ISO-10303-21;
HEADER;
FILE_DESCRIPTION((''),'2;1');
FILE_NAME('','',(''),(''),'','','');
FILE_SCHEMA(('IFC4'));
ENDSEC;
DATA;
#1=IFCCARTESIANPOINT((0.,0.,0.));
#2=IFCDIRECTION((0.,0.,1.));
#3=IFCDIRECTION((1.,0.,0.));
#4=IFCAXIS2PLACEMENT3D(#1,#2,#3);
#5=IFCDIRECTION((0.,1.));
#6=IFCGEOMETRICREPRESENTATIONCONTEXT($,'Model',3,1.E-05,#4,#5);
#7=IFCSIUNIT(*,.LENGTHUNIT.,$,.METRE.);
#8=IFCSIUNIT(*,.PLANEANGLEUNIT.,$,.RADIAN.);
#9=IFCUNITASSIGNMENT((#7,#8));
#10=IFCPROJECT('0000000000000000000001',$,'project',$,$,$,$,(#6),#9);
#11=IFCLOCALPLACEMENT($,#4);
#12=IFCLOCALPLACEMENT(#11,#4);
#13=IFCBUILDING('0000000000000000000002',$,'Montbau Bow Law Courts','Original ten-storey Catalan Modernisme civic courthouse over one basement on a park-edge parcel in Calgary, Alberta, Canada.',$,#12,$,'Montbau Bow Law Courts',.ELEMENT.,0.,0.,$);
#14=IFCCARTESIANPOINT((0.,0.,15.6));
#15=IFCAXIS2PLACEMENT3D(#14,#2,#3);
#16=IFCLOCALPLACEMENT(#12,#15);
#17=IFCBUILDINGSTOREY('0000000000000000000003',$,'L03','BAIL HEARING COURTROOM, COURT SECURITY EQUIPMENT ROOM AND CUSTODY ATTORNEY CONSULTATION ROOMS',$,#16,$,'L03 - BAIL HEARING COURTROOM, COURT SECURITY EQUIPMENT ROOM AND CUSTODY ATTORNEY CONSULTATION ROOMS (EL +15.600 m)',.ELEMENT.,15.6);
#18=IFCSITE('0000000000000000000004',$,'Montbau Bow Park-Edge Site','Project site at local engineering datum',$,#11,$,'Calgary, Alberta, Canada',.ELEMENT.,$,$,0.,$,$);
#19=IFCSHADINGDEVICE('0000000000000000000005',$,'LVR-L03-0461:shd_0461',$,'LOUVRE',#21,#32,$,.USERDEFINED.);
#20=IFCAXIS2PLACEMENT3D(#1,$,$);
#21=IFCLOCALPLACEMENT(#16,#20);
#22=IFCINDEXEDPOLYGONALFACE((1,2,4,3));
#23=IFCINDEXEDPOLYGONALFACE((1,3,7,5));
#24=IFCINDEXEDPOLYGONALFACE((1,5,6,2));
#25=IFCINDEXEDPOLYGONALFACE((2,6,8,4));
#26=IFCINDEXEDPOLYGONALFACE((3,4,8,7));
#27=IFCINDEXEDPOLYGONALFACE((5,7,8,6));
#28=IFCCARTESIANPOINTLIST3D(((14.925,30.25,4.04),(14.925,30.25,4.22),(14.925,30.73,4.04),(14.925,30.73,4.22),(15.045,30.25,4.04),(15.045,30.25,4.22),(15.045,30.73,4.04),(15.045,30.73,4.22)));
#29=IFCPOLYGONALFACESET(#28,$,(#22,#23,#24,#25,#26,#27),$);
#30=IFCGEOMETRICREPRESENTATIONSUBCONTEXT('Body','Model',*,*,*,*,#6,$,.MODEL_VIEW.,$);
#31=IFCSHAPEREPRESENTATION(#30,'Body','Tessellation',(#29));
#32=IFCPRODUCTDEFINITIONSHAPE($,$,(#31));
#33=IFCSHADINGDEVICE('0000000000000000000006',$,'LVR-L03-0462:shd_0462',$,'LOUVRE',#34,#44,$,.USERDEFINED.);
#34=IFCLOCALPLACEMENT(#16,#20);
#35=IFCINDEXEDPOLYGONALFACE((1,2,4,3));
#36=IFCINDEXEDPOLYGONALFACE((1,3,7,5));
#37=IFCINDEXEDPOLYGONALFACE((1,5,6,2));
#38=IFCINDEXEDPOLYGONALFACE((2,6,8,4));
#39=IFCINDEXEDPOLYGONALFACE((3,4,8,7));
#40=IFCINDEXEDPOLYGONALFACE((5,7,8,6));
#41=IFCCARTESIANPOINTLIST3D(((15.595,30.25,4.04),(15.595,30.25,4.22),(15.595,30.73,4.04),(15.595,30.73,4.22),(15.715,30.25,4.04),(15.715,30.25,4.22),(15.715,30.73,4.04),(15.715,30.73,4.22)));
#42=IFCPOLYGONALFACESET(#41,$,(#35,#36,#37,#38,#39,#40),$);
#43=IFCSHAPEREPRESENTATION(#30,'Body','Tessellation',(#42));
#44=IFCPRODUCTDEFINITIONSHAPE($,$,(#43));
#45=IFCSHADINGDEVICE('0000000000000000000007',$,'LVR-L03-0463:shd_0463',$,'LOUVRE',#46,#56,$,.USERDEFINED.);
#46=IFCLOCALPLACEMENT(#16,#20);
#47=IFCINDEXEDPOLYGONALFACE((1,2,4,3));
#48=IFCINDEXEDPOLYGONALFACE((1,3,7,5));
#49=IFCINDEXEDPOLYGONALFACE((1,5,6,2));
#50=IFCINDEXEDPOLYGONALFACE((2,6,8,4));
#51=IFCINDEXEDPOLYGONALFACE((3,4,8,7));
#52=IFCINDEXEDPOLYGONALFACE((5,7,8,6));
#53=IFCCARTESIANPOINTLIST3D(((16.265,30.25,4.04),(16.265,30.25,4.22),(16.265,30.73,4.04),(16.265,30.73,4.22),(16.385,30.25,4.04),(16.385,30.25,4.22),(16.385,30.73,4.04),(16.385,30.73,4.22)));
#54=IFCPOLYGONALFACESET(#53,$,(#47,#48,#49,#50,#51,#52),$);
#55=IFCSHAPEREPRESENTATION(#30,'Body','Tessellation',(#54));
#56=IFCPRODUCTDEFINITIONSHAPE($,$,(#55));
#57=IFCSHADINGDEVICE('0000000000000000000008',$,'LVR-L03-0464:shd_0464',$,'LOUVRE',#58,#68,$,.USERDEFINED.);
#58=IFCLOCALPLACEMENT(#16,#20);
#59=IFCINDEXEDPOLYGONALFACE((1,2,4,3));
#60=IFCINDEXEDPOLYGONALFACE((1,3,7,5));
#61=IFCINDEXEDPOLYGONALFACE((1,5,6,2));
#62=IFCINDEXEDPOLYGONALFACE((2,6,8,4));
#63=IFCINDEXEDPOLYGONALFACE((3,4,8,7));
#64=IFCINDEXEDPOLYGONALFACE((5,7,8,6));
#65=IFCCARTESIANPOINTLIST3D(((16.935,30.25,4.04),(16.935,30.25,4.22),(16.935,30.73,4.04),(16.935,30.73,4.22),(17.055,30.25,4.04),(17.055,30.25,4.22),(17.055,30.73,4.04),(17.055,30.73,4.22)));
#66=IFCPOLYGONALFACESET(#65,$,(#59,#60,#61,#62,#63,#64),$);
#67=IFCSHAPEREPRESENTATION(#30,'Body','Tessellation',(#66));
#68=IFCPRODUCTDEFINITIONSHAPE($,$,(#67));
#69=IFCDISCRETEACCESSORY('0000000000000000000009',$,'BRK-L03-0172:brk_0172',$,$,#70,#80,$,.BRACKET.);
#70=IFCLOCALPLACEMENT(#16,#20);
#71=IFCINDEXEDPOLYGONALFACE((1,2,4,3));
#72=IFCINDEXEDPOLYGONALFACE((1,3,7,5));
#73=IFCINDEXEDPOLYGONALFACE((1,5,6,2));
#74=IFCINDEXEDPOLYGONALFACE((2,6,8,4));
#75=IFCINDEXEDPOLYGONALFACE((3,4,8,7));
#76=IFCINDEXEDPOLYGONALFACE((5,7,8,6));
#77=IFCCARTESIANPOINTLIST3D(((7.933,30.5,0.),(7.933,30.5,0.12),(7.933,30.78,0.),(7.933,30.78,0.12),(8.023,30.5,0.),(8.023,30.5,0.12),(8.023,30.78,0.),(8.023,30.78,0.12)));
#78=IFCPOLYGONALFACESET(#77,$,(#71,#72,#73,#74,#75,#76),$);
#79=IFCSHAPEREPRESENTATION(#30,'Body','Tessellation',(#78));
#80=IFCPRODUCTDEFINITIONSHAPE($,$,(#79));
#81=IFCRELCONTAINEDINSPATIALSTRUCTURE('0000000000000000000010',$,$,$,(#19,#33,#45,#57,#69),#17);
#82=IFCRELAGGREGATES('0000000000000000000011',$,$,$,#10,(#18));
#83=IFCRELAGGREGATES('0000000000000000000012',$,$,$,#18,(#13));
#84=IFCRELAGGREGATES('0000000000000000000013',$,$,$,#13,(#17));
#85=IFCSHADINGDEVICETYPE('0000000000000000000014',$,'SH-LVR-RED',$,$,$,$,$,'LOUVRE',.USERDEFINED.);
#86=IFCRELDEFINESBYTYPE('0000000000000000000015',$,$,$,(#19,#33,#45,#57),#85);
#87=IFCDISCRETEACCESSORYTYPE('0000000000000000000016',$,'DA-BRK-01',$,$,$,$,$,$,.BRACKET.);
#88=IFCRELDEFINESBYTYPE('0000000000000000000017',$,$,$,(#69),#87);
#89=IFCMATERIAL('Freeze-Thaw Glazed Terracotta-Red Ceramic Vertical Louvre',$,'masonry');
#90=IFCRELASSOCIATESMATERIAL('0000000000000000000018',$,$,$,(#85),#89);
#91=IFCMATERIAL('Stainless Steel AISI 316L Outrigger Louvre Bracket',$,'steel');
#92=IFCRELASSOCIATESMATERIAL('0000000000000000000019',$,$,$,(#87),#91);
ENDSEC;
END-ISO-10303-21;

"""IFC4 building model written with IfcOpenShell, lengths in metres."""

from ifc_helpers import new_model, si_unit, direction, frame, origin_with_axes, origin_2d_with_axis, place, context, subcontext, project, spatial, rectangle, extrude, material, type_object, element, save


model = new_model("IFC4")

# Units and contexts
model_context = context("Model", 3, precision=1e-05, world=origin_with_axes(), true_north=direction((0.0, 1.0)))
body_context = subcontext(model_context, "Body", "Model", "MODEL_VIEW")
ifc_project = project(units=[si_unit("LENGTHUNIT", "METRE"), si_unit("PLANEANGLEUNIT", "RADIAN")], contexts=[model_context])

# Site, building, storey
site_placement = place(None, origin_with_axes())
site = spatial("IfcSite", under=ifc_project, at=site_placement, Name="Montbau Bow Park-Edge Site", Description="Project site at local engineering datum", LongName="Calgary, Alberta, Canada", CompositionType="ELEMENT", RefElevation=0.0)
building_placement = place(site_placement, origin_with_axes())
building = spatial("IfcBuilding", under=site, at=building_placement, Name="Montbau Bow Law Courts", Description="Original ten-storey Catalan Modernisme civic courthouse over one basement on a park-edge parcel in Calgary, Alberta, Canada.", LongName="Montbau Bow Law Courts", CompositionType="ELEMENT", ElevationOfRefHeight=0.0, ElevationOfTerrain=0.0)
storey_placement = place(building_placement, frame((0.0, 0.0, 15.6), z_axis=(0.0, 0.0, 1.0), x_axis=(1.0, 0.0, 0.0)))
storey = spatial("IfcBuildingStorey", under=building, at=storey_placement, Name="L03", Description="BAIL HEARING COURTROOM, COURT SECURITY EQUIPMENT ROOM AND CUSTODY ATTORNEY CONSULTATION ROOMS", LongName="L03 - BAIL HEARING COURTROOM, COURT SECURITY EQUIPMENT ROOM AND CUSTODY ATTORNEY CONSULTATION ROOMS (EL +15.600 m)", CompositionType="ELEMENT", Elevation=15.6)

# Shading devices
ifc_material_1 = material(Name="Freeze-Thaw Glazed Terracotta-Red Ceramic Vertical Louvre", Category="masonry")
shading_device_type = type_object("IfcShadingDeviceType", Name="SH-LVR-RED", ElementType="LOUVRE", PredefinedType="USERDEFINED", material=ifc_material_1)
for number, where, z_axis, x_axis, name in (
    (1, (14.985, 30.49, 19.64), (0.0, 0.0, 1.0), (0.0, -1.0, 0.0), "LVR-L03-0461:shd_0461"),
    (2, (15.655, 30.49, 19.64), (0.0, 0.0, 1.0), (0.0, -1.0, 0.0), "LVR-L03-0462:shd_0462"),
    (3, (16.325, 30.49, 19.64), (0.0, 0.0, 1.0), (0.0, -1.0, 0.0), "LVR-L03-0463:shd_0463"),
    (4, (16.995, 30.49, 19.64), (0.0, 0.0, 1.0), (0.0, -1.0, 0.0), "LVR-L03-0464:shd_0464"),
):
    element("IfcShadingDevice", number, at=place(None, frame(where, z_axis=z_axis, x_axis=x_axis)), inside=storey, type_object=shading_device_type, Name=name, ObjectType="LOUVRE", PredefinedType="USERDEFINED", context=body_context, shape_type="SweptSolid", body=[
        extrude(rectangle(XDim=0.48, YDim=0.12, at=origin_2d_with_axis()), origin_with_axes(), (0.0, 0.0, 1.0), 0.18),
    ])

# Discrete accessory
ifc_material_2 = material(Name="Stainless Steel AISI 316L Outrigger Louvre Bracket", Category="steel")
discrete_accessory_type = type_object("IfcDiscreteAccessoryType", Name="DA-BRK-01", PredefinedType="BRACKET", material=ifc_material_2)
discrete_accessory_placement = place(None, frame((7.978, 30.64, 15.6), z_axis=(0.0, 0.0, 1.0), x_axis=(0.0, -1.0, 0.0)))
element("IfcDiscreteAccessory", 5, at=discrete_accessory_placement, inside=storey, type_object=discrete_accessory_type, Name="BRK-L03-0172:brk_0172", PredefinedType="BRACKET", context=body_context, shape_type="SweptSolid", body=[
    extrude(rectangle(XDim=0.28, YDim=0.09, at=origin_2d_with_axis()), origin_with_axes(), (0.0, 0.0, 1.0), 0.12),
])

save(model, "model.ifc")
